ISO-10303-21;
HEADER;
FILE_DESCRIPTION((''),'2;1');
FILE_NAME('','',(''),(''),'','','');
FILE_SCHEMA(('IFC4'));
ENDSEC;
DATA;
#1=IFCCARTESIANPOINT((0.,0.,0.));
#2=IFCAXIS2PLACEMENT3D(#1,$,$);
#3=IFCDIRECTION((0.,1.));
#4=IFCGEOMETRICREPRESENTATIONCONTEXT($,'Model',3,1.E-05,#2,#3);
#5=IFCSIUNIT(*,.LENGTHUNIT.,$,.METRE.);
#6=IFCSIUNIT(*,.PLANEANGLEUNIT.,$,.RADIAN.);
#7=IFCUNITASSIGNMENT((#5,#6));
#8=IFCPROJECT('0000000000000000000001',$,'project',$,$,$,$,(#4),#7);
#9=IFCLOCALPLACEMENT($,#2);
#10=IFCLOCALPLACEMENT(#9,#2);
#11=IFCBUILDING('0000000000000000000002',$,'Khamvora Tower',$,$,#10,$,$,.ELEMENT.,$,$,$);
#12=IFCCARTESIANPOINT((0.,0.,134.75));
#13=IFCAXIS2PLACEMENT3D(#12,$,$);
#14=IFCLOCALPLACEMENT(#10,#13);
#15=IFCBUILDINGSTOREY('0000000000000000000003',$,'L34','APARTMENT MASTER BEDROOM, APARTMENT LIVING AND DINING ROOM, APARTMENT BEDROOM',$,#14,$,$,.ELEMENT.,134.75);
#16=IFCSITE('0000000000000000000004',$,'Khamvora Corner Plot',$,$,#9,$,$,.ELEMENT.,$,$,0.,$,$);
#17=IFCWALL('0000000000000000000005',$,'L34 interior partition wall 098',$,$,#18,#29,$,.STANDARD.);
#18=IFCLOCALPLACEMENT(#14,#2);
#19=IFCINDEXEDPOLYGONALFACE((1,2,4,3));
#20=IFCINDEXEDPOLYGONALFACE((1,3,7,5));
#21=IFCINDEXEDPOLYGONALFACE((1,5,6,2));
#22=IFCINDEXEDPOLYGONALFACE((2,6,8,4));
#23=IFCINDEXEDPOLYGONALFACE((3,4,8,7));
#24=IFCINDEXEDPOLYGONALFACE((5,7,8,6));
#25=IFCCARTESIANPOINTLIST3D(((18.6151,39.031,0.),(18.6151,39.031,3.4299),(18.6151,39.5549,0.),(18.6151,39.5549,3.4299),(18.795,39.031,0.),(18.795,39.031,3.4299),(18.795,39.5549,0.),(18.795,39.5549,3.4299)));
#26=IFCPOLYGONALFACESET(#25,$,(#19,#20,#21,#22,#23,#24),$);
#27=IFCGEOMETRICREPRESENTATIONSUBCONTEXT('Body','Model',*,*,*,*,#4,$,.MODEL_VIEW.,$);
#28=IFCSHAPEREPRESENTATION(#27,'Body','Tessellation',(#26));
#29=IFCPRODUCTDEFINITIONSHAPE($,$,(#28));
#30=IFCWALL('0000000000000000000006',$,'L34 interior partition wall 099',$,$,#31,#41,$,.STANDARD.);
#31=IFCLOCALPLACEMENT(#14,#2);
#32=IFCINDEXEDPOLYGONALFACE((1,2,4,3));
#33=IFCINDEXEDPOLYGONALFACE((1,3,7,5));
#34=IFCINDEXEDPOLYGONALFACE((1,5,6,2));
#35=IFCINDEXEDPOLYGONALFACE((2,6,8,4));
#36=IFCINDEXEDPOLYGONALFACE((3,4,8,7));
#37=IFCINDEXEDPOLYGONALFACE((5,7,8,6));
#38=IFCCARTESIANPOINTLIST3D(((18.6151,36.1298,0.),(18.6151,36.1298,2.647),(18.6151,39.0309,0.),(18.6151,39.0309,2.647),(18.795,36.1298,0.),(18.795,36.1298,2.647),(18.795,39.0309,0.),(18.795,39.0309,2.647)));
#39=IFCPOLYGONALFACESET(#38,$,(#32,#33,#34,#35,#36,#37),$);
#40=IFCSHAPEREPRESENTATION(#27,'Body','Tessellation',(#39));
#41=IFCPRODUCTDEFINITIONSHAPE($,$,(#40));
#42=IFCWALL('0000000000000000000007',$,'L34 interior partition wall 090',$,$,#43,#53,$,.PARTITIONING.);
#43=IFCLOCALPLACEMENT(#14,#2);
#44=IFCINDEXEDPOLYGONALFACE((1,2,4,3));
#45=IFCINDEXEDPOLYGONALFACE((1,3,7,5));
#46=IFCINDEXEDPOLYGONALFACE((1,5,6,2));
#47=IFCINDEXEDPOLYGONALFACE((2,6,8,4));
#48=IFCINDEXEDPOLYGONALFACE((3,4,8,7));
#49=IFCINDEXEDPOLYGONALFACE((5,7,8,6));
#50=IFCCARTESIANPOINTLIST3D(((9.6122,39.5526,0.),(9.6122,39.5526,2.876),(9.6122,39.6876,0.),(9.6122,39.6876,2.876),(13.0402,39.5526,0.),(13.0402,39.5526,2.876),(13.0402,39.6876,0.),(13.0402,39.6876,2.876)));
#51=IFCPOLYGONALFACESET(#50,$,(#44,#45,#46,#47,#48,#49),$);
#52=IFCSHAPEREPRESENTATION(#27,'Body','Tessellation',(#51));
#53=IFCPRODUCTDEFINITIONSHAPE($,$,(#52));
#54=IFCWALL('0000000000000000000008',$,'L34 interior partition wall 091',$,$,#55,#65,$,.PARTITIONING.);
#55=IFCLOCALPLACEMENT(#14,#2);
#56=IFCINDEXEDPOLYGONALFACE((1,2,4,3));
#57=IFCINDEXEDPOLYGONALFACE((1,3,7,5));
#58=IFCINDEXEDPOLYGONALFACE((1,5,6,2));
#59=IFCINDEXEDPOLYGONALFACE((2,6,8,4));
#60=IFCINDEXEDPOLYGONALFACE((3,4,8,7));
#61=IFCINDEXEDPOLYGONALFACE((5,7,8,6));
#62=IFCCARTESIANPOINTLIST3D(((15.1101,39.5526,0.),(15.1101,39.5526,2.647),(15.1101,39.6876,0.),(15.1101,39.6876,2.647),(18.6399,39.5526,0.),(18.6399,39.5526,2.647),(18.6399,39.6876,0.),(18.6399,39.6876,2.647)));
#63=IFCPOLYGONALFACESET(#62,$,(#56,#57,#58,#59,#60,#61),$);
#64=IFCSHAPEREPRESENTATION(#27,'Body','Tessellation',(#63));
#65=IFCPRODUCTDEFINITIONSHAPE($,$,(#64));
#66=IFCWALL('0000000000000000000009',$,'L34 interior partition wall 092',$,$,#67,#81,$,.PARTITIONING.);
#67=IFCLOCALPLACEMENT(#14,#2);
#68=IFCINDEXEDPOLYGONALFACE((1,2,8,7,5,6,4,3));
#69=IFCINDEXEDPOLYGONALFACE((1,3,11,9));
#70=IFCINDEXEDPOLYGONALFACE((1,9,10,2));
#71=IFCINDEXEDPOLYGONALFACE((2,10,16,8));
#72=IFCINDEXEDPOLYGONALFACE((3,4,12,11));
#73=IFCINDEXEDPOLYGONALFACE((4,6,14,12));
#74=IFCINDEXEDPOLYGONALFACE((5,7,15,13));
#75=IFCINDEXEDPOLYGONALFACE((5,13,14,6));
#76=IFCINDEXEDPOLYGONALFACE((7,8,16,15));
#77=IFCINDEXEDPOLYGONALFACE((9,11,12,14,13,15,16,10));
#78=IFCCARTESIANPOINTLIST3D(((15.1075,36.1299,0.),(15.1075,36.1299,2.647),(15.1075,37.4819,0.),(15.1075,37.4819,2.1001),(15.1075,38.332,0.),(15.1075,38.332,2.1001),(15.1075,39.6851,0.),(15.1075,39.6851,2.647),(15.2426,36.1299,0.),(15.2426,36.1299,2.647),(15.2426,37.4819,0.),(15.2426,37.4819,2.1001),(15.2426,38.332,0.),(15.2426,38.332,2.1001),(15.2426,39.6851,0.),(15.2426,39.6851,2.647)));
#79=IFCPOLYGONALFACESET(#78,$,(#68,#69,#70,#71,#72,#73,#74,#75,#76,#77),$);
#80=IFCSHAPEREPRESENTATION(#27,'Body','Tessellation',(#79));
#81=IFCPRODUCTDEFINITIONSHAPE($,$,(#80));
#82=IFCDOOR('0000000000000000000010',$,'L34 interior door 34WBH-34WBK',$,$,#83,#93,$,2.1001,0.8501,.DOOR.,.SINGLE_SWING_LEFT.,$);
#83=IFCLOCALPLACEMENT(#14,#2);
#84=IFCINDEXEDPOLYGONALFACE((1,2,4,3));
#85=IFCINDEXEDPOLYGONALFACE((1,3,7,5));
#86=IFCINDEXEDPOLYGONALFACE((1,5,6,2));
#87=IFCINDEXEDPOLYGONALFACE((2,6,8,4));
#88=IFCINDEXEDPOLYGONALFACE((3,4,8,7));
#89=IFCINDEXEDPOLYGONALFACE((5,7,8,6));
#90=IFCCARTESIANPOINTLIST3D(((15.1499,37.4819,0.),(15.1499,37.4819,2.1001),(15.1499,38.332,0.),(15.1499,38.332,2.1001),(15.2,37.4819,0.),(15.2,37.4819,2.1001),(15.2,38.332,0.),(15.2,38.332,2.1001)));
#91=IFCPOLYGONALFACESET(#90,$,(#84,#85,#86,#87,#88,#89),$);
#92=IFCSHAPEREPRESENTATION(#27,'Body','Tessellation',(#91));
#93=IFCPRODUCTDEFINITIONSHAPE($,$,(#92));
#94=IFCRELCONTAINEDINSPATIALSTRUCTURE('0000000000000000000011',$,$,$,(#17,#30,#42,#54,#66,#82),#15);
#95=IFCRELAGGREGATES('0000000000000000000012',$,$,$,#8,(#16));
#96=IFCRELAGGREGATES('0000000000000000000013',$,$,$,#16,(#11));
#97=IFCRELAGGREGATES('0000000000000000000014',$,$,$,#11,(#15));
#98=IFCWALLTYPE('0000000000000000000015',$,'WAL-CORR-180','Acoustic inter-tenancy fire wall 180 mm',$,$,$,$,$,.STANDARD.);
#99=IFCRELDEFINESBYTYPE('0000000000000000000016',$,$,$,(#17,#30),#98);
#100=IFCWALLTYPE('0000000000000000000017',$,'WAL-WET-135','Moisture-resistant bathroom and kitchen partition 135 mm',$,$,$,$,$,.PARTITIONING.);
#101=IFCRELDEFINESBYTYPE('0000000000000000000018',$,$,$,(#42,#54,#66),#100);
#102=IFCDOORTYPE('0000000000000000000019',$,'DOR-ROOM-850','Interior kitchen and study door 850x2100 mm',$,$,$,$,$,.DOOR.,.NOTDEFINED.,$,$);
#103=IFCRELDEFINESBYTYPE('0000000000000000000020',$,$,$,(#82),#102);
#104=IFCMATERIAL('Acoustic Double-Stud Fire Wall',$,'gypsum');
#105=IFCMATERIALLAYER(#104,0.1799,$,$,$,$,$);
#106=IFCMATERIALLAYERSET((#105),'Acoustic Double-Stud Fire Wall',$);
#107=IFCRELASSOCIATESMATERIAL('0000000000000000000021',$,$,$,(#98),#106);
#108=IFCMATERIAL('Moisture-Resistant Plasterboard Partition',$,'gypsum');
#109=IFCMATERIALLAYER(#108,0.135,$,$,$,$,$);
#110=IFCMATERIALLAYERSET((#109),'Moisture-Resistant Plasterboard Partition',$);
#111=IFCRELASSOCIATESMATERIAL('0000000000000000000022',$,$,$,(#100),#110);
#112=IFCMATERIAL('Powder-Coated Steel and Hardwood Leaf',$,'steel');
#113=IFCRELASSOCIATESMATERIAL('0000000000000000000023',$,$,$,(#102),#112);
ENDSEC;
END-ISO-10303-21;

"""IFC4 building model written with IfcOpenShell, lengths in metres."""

from ifc_helpers import new_model, si_unit, direction, frame, frame_2d, origin, place, context, subcontext, project, spatial, rectangle, extrude, material, layer, layer_set, type_object, element, fill, save


model = new_model("IFC4")

# Units and contexts
model_context = context("Model", 3, precision=1e-05, world=origin(), true_north=direction((0.0, 1.0)))
body_context = subcontext(model_context, "Body", "Model", "MODEL_VIEW")
ifc_project = project(units=[si_unit("LENGTHUNIT", "METRE"), si_unit("PLANEANGLEUNIT", "RADIAN")], contexts=[model_context])

# Site, building, storey
site_placement = place(None, origin())
site = spatial("IfcSite", under=ifc_project, at=site_placement, Name="Khamvora Corner Plot", CompositionType="ELEMENT", RefElevation=0.0)
building_placement = place(site_placement, origin())
building = spatial("IfcBuilding", under=site, at=building_placement, Name="Khamvora Tower", CompositionType="ELEMENT")
storey_placement = place(building_placement, frame((0.0, 0.0, 134.75)))
storey = spatial("IfcBuildingStorey", under=building, at=storey_placement, Name="L34", Description="APARTMENT MASTER BEDROOM, APARTMENT LIVING AND DINING ROOM, APARTMENT BEDROOM", CompositionType="ELEMENT", Elevation=134.75)

# Walls
ifc_material_1 = material(Name="Acoustic Double-Stud Fire Wall", Category="gypsum")
ifc_layer_1 = layer(ifc_material_1, 0.1799)
ifc_layer_set_1 = layer_set([ifc_layer_1], Name="Acoustic Double-Stud Fire Wall")
wall_type_1 = type_object("IfcWallType", Name="WAL-CORR-180", Description="Acoustic inter-tenancy fire wall 180 mm", PredefinedType="STANDARD", material=ifc_layer_set_1)
wall_1_placement = place(storey_placement, frame((18.7051, 39.5549, 0.0), z_axis=(0.0, 0.0, 1.0), x_axis=(0.0, -1.0, 0.0)))
element("IfcWall", 1, at=wall_1_placement, inside=storey, type_object=wall_type_1, Name="L34 interior partition wall 098", PredefinedType="STANDARD", context=body_context, shape_type="SweptSolid", body=[
    extrude(rectangle(XDim=0.5239, YDim=0.1799, at=frame_2d((0.262, 0.0))), origin(), (0.0, 0.0, 1.0), 3.4299),
])
wall_2_placement = place(storey_placement, frame((18.7051, 39.031, 0.0), z_axis=(0.0, 0.0, 1.0), x_axis=(0.0, -1.0, 0.0)))
element("IfcWall", 2, at=wall_2_placement, inside=storey, type_object=wall_type_1, Name="L34 interior partition wall 099", PredefinedType="STANDARD", context=body_context, shape_type="SweptSolid", body=[
    extrude(rectangle(XDim=2.9011, YDim=0.1799, at=frame_2d((1.4507, 0.0))), origin(), (0.0, 0.0, 1.0), 2.647),
])
ifc_material_2 = material(Name="Moisture-Resistant Plasterboard Partition", Category="gypsum")
ifc_layer_2 = layer(ifc_material_2, 0.135)
ifc_layer_set_2 = layer_set([ifc_layer_2], Name="Moisture-Resistant Plasterboard Partition")
wall_type_2 = type_object("IfcWallType", Name="WAL-WET-135", Description="Moisture-resistant bathroom and kitchen partition 135 mm", PredefinedType="PARTITIONING", material=ifc_layer_set_2)
wall_3_placement = place(storey_placement, frame((13.04, 39.6201, 0.0), z_axis=(0.0, 0.0, 1.0), x_axis=(-1.0, 0.0, 0.0)))
element("IfcWall", 3, at=wall_3_placement, inside=storey, type_object=wall_type_2, Name="L34 interior partition wall 090", PredefinedType="PARTITIONING", context=body_context, shape_type="SweptSolid", body=[
    extrude(rectangle(XDim=3.428, YDim=0.135, at=frame_2d((1.7139, 0.0))), origin(), (0.0, 0.0, 1.0), 2.876),
])
wall_4_placement = place(storey_placement, frame((18.6399, 39.6201, 0.0), z_axis=(0.0, 0.0, 1.0), x_axis=(-1.0, 0.0, 0.0)))
element("IfcWall", 4, at=wall_4_placement, inside=storey, type_object=wall_type_2, Name="L34 interior partition wall 091", PredefinedType="PARTITIONING", context=body_context, shape_type="SweptSolid", body=[
    extrude(rectangle(XDim=3.5298, YDim=0.135, at=frame_2d((1.7649, 0.0))), origin(), (0.0, 0.0, 1.0), 2.647),
])

# Wall, opening, door
wall_5_placement = place(storey_placement, frame((15.175, 39.6851, 0.0), z_axis=(0.0, 0.0, 1.0), x_axis=(0.0, -1.0, 0.0)))
wall_5 = element("IfcWall", 5, at=wall_5_placement, inside=storey, type_object=wall_type_2, Name="L34 interior partition wall 092", PredefinedType="PARTITIONING", context=body_context, shape_type="SweptSolid", body=[
    extrude(rectangle(XDim=3.5552, YDim=0.135, at=frame_2d((1.7776, 0.0))), origin(), (0.0, 0.0, 1.0), 2.647),
])
opening_placement = place(wall_5_placement, frame((1.353, 0.0, 0.0)))
opening = element("IfcOpeningElement", 6, at=opening_placement, cuts=wall_5, PredefinedType="OPENING", context=body_context, shape_type="SweptSolid", body=[
    extrude(rectangle(XDim=0.8501, YDim=2.1001, at=frame_2d((0.425, 1.05))), frame((0.0, 0.0774, 0.0), z_axis=(0.0, -1.0, 0.0), x_axis=(1.0, 0.0, 0.0)), (0.0, 0.0, 1.0), 0.155),
])
ifc_material_3 = material(Name="Powder-Coated Steel and Hardwood Leaf", Category="steel")
door_type = type_object("IfcDoorType", Name="DOR-ROOM-850", Description="Interior kitchen and study door 850x2100 mm", OperationType="NOTDEFINED", PredefinedType="DOOR", material=ifc_material_3)
door_placement = place(opening_placement, origin())
door = element("IfcDoor", 7, at=door_placement, inside=storey, type_object=door_type, Name="L34 interior door 34WBH-34WBK", OperationType="SINGLE_SWING_LEFT", OverallHeight=2.1001, OverallWidth=0.8501, PredefinedType="DOOR", context=body_context, shape_type="SweptSolid", body=[
    extrude(rectangle(XDim=0.8501, YDim=2.1001, at=frame_2d((0.425, 1.05))), frame((0.0, 0.0249, 0.0), z_axis=(0.0, -1.0, 0.0), x_axis=(1.0, 0.0, 0.0)), (0.0, 0.0, 1.0), 0.05),
])
fill(opening, door)

save(model, "model.ifc")
